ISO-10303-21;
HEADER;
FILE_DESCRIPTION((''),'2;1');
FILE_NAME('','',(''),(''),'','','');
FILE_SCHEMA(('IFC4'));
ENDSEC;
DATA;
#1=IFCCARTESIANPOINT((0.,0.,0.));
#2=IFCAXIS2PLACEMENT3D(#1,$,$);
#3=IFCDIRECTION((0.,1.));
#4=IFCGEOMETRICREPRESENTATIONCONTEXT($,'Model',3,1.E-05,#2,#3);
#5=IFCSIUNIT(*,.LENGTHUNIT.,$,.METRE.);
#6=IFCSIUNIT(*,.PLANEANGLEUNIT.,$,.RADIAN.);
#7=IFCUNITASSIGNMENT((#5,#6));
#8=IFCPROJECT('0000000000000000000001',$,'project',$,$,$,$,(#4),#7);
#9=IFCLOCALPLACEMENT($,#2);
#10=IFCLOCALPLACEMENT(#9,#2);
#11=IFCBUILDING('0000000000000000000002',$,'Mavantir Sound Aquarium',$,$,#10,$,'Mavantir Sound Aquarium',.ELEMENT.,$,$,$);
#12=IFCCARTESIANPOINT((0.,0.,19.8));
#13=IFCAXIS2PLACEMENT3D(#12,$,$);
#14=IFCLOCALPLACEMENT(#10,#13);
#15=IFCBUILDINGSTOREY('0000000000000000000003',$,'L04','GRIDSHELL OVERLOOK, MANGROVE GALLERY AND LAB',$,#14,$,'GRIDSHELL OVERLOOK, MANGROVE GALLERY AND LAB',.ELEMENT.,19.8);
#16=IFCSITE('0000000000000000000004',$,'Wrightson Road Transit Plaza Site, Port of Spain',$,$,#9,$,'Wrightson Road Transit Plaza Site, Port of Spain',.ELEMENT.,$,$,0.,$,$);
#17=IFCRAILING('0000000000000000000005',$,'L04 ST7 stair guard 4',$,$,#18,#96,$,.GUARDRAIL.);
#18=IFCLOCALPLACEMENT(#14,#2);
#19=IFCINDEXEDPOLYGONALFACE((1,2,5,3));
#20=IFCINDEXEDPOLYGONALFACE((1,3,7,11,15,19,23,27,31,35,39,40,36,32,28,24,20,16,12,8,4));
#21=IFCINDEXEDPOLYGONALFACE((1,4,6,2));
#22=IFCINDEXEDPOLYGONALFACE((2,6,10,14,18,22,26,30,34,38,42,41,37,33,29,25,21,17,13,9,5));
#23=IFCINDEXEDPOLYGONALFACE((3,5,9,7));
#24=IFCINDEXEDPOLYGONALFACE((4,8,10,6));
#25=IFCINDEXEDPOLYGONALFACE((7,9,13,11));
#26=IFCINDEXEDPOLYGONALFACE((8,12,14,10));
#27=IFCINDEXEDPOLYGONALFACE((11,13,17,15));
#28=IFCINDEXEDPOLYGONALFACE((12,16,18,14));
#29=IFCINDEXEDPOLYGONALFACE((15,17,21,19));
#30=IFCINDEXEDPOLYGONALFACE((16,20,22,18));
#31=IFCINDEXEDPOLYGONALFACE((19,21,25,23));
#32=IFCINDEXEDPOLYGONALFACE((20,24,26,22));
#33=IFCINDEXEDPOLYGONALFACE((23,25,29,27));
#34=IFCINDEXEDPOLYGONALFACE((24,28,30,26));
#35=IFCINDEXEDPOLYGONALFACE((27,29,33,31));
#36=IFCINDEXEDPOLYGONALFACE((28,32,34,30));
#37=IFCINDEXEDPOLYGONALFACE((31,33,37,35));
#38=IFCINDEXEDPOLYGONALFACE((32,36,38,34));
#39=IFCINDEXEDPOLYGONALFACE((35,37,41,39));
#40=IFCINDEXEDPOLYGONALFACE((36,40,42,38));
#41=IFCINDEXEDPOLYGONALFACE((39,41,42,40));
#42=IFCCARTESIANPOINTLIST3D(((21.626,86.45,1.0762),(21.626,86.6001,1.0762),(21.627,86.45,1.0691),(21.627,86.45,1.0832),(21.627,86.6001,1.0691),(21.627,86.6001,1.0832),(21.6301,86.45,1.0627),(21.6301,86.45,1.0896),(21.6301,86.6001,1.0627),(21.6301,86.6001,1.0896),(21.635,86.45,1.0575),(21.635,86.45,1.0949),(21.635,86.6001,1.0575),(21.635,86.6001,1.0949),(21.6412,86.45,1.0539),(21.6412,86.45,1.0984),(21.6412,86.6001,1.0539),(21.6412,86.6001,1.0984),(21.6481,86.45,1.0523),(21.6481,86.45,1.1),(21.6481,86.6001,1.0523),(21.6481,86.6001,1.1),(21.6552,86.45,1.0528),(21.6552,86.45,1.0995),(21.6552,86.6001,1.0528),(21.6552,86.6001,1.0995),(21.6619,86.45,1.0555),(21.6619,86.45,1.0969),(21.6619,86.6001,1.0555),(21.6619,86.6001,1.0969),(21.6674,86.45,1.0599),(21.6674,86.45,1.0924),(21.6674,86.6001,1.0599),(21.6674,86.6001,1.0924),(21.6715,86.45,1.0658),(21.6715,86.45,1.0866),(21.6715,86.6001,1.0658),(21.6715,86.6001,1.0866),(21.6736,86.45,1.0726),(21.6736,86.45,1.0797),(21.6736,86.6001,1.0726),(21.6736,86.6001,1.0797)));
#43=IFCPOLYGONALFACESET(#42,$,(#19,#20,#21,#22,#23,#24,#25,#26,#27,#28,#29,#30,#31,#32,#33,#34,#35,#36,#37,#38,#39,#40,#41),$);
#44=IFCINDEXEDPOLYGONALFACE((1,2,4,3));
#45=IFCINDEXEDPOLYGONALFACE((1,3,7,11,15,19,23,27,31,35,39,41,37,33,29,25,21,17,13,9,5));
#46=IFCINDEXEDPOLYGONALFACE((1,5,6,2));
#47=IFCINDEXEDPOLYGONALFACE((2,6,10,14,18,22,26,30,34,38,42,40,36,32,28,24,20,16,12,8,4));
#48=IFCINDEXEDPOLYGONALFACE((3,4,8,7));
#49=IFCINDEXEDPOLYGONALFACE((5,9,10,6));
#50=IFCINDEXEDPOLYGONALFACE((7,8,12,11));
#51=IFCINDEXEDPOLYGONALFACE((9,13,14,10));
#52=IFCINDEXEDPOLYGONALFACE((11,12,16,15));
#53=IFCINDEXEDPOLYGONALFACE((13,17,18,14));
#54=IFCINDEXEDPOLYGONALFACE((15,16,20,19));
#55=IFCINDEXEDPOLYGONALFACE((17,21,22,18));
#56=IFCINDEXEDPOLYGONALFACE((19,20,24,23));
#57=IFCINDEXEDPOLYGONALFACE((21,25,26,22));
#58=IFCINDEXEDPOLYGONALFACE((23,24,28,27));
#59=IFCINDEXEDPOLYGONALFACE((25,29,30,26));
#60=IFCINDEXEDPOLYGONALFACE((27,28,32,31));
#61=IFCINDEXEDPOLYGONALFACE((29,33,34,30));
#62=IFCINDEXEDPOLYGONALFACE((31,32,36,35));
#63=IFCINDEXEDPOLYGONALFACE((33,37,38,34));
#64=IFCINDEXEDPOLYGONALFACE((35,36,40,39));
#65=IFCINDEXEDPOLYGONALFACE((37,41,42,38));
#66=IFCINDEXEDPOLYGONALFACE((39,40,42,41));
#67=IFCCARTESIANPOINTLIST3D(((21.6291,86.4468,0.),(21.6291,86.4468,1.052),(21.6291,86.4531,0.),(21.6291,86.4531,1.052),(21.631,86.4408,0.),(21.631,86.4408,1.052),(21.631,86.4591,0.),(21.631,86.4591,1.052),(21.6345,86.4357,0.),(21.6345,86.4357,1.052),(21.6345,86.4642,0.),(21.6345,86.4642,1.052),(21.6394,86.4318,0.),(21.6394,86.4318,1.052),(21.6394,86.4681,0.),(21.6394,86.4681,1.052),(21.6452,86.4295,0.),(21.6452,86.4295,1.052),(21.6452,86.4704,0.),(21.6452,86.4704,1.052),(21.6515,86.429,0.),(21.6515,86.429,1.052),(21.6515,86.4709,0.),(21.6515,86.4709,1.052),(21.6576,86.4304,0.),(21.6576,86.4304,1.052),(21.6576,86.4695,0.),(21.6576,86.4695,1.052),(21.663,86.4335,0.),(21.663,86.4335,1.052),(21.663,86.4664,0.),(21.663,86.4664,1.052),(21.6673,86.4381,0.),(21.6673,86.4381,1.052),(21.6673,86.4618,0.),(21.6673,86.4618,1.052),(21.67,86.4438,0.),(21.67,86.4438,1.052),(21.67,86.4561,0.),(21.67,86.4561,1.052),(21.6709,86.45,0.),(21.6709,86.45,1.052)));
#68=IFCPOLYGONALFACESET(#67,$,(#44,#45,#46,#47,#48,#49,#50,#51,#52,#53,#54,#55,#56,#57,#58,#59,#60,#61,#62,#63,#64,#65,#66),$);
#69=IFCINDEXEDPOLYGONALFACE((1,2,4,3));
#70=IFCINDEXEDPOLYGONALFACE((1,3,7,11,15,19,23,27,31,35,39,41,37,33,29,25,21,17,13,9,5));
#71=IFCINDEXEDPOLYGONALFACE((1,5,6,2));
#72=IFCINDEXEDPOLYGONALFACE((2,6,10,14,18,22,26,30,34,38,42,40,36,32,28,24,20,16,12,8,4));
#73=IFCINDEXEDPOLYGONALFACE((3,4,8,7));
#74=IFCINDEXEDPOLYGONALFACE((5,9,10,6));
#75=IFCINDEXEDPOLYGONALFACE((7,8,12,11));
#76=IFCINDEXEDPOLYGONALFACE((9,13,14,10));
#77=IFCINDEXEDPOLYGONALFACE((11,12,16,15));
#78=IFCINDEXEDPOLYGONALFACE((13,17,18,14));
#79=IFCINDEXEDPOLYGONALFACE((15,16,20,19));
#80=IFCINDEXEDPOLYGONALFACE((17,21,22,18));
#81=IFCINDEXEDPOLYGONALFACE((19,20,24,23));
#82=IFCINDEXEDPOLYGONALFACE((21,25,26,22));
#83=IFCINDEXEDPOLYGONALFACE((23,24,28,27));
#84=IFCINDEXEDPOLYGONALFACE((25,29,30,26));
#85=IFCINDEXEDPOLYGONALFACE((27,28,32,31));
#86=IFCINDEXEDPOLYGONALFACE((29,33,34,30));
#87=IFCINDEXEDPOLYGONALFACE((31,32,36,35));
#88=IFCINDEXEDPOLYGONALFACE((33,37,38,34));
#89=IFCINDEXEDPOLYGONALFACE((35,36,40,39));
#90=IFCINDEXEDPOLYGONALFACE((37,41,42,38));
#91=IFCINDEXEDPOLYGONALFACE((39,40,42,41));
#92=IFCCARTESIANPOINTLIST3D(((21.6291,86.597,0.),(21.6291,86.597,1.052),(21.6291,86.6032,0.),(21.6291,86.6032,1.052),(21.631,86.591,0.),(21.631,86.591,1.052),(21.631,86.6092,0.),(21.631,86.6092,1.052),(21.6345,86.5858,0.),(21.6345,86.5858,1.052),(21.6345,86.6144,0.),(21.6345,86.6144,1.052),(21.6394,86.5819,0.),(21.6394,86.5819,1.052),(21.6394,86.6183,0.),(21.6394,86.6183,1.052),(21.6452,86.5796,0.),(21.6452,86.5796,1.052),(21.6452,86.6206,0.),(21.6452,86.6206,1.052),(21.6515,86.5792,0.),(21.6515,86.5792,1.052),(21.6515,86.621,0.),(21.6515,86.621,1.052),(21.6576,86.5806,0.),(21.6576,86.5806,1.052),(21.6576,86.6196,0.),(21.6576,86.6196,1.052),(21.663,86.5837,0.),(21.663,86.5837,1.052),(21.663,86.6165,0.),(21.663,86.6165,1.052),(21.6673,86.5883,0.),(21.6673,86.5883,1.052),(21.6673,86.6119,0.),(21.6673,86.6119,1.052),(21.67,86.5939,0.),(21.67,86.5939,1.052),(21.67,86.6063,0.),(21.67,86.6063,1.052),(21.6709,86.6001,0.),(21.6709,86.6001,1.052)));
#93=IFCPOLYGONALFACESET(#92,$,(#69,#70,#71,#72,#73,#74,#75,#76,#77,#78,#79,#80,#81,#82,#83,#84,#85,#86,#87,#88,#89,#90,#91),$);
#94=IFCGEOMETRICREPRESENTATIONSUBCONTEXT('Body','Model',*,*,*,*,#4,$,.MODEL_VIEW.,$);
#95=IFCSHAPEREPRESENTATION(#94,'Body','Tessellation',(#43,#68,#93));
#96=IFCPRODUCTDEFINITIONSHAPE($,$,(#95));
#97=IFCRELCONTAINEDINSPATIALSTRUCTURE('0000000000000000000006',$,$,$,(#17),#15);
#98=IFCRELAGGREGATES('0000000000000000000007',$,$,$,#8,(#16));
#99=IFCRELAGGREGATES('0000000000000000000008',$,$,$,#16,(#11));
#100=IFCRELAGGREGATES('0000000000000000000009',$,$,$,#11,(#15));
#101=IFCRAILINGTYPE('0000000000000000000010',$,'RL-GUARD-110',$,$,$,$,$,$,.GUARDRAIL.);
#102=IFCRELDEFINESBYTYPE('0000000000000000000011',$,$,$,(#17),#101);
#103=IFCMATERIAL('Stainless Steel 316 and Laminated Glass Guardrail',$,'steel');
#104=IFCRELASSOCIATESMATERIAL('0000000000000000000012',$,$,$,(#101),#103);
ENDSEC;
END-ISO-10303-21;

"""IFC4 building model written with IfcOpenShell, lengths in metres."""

from ifc_helpers import new_model, si_unit, direction, frame, origin, origin_2d, place, context, subcontext, project, spatial, circle, extrude, material, type_object, element, save


model = new_model("IFC4")

# Units and contexts
model_context = context("Model", 3, precision=1e-05, world=origin(), true_north=direction((0.0, 1.0)))
body_context = subcontext(model_context, "Body", "Model", "MODEL_VIEW")
ifc_project = project(units=[si_unit("LENGTHUNIT", "METRE"), si_unit("PLANEANGLEUNIT", "RADIAN")], contexts=[model_context])

# Site, building, storey
site_placement = place(None, origin())
site = spatial("IfcSite", under=ifc_project, at=site_placement, Name="Wrightson Road Transit Plaza Site, Port of Spain", LongName="Wrightson Road Transit Plaza Site, Port of Spain", CompositionType="ELEMENT", RefElevation=0.0)
building_placement = place(site_placement, origin())
building = spatial("IfcBuilding", under=site, at=building_placement, Name="Mavantir Sound Aquarium", LongName="Mavantir Sound Aquarium", CompositionType="ELEMENT")
storey_placement = place(building_placement, frame((0.0, 0.0, 19.8)))
storey = spatial("IfcBuildingStorey", under=building, at=storey_placement, Name="L04", Description="GRIDSHELL OVERLOOK, MANGROVE GALLERY AND LAB", LongName="GRIDSHELL OVERLOOK, MANGROVE GALLERY AND LAB", CompositionType="ELEMENT", Elevation=19.8)

# Railing
ifc_material_1 = material(Name="Stainless Steel 316 and Laminated Glass Guardrail", Category="steel")
railing_type_1 = type_object("IfcRailingType", Name="RL-GUARD-110", PredefinedType="GUARDRAIL", material=ifc_material_1)
railing_1_placement = place(storey_placement, frame((21.6499, 86.45, 0.0)))
element("IfcRailing", 1, at=railing_1_placement, inside=storey, type_object=railing_type_1, Name="L04 ST7 stair guard 4", PredefinedType="GUARDRAIL", context=body_context, shape_type="SweptSolid", body=[
    extrude(circle(Radius=0.0239, at=origin_2d()), frame((0.0, 0.0, 1.0762), z_axis=(0.0, 1.0, 0.0), x_axis=(-1.0, 0.0, 0.0)), (0.0, 0.0, 1.0), 0.1501),
    extrude(circle(Radius=0.021, at=origin_2d()), origin(), (0.0, 0.0, 1.0), 1.052),
    extrude(circle(Radius=0.021, at=origin_2d()), frame((0.0, 0.1501, 0.0)), (0.0, 0.0, 1.0), 1.052),
])

save(model, "model.ifc")
